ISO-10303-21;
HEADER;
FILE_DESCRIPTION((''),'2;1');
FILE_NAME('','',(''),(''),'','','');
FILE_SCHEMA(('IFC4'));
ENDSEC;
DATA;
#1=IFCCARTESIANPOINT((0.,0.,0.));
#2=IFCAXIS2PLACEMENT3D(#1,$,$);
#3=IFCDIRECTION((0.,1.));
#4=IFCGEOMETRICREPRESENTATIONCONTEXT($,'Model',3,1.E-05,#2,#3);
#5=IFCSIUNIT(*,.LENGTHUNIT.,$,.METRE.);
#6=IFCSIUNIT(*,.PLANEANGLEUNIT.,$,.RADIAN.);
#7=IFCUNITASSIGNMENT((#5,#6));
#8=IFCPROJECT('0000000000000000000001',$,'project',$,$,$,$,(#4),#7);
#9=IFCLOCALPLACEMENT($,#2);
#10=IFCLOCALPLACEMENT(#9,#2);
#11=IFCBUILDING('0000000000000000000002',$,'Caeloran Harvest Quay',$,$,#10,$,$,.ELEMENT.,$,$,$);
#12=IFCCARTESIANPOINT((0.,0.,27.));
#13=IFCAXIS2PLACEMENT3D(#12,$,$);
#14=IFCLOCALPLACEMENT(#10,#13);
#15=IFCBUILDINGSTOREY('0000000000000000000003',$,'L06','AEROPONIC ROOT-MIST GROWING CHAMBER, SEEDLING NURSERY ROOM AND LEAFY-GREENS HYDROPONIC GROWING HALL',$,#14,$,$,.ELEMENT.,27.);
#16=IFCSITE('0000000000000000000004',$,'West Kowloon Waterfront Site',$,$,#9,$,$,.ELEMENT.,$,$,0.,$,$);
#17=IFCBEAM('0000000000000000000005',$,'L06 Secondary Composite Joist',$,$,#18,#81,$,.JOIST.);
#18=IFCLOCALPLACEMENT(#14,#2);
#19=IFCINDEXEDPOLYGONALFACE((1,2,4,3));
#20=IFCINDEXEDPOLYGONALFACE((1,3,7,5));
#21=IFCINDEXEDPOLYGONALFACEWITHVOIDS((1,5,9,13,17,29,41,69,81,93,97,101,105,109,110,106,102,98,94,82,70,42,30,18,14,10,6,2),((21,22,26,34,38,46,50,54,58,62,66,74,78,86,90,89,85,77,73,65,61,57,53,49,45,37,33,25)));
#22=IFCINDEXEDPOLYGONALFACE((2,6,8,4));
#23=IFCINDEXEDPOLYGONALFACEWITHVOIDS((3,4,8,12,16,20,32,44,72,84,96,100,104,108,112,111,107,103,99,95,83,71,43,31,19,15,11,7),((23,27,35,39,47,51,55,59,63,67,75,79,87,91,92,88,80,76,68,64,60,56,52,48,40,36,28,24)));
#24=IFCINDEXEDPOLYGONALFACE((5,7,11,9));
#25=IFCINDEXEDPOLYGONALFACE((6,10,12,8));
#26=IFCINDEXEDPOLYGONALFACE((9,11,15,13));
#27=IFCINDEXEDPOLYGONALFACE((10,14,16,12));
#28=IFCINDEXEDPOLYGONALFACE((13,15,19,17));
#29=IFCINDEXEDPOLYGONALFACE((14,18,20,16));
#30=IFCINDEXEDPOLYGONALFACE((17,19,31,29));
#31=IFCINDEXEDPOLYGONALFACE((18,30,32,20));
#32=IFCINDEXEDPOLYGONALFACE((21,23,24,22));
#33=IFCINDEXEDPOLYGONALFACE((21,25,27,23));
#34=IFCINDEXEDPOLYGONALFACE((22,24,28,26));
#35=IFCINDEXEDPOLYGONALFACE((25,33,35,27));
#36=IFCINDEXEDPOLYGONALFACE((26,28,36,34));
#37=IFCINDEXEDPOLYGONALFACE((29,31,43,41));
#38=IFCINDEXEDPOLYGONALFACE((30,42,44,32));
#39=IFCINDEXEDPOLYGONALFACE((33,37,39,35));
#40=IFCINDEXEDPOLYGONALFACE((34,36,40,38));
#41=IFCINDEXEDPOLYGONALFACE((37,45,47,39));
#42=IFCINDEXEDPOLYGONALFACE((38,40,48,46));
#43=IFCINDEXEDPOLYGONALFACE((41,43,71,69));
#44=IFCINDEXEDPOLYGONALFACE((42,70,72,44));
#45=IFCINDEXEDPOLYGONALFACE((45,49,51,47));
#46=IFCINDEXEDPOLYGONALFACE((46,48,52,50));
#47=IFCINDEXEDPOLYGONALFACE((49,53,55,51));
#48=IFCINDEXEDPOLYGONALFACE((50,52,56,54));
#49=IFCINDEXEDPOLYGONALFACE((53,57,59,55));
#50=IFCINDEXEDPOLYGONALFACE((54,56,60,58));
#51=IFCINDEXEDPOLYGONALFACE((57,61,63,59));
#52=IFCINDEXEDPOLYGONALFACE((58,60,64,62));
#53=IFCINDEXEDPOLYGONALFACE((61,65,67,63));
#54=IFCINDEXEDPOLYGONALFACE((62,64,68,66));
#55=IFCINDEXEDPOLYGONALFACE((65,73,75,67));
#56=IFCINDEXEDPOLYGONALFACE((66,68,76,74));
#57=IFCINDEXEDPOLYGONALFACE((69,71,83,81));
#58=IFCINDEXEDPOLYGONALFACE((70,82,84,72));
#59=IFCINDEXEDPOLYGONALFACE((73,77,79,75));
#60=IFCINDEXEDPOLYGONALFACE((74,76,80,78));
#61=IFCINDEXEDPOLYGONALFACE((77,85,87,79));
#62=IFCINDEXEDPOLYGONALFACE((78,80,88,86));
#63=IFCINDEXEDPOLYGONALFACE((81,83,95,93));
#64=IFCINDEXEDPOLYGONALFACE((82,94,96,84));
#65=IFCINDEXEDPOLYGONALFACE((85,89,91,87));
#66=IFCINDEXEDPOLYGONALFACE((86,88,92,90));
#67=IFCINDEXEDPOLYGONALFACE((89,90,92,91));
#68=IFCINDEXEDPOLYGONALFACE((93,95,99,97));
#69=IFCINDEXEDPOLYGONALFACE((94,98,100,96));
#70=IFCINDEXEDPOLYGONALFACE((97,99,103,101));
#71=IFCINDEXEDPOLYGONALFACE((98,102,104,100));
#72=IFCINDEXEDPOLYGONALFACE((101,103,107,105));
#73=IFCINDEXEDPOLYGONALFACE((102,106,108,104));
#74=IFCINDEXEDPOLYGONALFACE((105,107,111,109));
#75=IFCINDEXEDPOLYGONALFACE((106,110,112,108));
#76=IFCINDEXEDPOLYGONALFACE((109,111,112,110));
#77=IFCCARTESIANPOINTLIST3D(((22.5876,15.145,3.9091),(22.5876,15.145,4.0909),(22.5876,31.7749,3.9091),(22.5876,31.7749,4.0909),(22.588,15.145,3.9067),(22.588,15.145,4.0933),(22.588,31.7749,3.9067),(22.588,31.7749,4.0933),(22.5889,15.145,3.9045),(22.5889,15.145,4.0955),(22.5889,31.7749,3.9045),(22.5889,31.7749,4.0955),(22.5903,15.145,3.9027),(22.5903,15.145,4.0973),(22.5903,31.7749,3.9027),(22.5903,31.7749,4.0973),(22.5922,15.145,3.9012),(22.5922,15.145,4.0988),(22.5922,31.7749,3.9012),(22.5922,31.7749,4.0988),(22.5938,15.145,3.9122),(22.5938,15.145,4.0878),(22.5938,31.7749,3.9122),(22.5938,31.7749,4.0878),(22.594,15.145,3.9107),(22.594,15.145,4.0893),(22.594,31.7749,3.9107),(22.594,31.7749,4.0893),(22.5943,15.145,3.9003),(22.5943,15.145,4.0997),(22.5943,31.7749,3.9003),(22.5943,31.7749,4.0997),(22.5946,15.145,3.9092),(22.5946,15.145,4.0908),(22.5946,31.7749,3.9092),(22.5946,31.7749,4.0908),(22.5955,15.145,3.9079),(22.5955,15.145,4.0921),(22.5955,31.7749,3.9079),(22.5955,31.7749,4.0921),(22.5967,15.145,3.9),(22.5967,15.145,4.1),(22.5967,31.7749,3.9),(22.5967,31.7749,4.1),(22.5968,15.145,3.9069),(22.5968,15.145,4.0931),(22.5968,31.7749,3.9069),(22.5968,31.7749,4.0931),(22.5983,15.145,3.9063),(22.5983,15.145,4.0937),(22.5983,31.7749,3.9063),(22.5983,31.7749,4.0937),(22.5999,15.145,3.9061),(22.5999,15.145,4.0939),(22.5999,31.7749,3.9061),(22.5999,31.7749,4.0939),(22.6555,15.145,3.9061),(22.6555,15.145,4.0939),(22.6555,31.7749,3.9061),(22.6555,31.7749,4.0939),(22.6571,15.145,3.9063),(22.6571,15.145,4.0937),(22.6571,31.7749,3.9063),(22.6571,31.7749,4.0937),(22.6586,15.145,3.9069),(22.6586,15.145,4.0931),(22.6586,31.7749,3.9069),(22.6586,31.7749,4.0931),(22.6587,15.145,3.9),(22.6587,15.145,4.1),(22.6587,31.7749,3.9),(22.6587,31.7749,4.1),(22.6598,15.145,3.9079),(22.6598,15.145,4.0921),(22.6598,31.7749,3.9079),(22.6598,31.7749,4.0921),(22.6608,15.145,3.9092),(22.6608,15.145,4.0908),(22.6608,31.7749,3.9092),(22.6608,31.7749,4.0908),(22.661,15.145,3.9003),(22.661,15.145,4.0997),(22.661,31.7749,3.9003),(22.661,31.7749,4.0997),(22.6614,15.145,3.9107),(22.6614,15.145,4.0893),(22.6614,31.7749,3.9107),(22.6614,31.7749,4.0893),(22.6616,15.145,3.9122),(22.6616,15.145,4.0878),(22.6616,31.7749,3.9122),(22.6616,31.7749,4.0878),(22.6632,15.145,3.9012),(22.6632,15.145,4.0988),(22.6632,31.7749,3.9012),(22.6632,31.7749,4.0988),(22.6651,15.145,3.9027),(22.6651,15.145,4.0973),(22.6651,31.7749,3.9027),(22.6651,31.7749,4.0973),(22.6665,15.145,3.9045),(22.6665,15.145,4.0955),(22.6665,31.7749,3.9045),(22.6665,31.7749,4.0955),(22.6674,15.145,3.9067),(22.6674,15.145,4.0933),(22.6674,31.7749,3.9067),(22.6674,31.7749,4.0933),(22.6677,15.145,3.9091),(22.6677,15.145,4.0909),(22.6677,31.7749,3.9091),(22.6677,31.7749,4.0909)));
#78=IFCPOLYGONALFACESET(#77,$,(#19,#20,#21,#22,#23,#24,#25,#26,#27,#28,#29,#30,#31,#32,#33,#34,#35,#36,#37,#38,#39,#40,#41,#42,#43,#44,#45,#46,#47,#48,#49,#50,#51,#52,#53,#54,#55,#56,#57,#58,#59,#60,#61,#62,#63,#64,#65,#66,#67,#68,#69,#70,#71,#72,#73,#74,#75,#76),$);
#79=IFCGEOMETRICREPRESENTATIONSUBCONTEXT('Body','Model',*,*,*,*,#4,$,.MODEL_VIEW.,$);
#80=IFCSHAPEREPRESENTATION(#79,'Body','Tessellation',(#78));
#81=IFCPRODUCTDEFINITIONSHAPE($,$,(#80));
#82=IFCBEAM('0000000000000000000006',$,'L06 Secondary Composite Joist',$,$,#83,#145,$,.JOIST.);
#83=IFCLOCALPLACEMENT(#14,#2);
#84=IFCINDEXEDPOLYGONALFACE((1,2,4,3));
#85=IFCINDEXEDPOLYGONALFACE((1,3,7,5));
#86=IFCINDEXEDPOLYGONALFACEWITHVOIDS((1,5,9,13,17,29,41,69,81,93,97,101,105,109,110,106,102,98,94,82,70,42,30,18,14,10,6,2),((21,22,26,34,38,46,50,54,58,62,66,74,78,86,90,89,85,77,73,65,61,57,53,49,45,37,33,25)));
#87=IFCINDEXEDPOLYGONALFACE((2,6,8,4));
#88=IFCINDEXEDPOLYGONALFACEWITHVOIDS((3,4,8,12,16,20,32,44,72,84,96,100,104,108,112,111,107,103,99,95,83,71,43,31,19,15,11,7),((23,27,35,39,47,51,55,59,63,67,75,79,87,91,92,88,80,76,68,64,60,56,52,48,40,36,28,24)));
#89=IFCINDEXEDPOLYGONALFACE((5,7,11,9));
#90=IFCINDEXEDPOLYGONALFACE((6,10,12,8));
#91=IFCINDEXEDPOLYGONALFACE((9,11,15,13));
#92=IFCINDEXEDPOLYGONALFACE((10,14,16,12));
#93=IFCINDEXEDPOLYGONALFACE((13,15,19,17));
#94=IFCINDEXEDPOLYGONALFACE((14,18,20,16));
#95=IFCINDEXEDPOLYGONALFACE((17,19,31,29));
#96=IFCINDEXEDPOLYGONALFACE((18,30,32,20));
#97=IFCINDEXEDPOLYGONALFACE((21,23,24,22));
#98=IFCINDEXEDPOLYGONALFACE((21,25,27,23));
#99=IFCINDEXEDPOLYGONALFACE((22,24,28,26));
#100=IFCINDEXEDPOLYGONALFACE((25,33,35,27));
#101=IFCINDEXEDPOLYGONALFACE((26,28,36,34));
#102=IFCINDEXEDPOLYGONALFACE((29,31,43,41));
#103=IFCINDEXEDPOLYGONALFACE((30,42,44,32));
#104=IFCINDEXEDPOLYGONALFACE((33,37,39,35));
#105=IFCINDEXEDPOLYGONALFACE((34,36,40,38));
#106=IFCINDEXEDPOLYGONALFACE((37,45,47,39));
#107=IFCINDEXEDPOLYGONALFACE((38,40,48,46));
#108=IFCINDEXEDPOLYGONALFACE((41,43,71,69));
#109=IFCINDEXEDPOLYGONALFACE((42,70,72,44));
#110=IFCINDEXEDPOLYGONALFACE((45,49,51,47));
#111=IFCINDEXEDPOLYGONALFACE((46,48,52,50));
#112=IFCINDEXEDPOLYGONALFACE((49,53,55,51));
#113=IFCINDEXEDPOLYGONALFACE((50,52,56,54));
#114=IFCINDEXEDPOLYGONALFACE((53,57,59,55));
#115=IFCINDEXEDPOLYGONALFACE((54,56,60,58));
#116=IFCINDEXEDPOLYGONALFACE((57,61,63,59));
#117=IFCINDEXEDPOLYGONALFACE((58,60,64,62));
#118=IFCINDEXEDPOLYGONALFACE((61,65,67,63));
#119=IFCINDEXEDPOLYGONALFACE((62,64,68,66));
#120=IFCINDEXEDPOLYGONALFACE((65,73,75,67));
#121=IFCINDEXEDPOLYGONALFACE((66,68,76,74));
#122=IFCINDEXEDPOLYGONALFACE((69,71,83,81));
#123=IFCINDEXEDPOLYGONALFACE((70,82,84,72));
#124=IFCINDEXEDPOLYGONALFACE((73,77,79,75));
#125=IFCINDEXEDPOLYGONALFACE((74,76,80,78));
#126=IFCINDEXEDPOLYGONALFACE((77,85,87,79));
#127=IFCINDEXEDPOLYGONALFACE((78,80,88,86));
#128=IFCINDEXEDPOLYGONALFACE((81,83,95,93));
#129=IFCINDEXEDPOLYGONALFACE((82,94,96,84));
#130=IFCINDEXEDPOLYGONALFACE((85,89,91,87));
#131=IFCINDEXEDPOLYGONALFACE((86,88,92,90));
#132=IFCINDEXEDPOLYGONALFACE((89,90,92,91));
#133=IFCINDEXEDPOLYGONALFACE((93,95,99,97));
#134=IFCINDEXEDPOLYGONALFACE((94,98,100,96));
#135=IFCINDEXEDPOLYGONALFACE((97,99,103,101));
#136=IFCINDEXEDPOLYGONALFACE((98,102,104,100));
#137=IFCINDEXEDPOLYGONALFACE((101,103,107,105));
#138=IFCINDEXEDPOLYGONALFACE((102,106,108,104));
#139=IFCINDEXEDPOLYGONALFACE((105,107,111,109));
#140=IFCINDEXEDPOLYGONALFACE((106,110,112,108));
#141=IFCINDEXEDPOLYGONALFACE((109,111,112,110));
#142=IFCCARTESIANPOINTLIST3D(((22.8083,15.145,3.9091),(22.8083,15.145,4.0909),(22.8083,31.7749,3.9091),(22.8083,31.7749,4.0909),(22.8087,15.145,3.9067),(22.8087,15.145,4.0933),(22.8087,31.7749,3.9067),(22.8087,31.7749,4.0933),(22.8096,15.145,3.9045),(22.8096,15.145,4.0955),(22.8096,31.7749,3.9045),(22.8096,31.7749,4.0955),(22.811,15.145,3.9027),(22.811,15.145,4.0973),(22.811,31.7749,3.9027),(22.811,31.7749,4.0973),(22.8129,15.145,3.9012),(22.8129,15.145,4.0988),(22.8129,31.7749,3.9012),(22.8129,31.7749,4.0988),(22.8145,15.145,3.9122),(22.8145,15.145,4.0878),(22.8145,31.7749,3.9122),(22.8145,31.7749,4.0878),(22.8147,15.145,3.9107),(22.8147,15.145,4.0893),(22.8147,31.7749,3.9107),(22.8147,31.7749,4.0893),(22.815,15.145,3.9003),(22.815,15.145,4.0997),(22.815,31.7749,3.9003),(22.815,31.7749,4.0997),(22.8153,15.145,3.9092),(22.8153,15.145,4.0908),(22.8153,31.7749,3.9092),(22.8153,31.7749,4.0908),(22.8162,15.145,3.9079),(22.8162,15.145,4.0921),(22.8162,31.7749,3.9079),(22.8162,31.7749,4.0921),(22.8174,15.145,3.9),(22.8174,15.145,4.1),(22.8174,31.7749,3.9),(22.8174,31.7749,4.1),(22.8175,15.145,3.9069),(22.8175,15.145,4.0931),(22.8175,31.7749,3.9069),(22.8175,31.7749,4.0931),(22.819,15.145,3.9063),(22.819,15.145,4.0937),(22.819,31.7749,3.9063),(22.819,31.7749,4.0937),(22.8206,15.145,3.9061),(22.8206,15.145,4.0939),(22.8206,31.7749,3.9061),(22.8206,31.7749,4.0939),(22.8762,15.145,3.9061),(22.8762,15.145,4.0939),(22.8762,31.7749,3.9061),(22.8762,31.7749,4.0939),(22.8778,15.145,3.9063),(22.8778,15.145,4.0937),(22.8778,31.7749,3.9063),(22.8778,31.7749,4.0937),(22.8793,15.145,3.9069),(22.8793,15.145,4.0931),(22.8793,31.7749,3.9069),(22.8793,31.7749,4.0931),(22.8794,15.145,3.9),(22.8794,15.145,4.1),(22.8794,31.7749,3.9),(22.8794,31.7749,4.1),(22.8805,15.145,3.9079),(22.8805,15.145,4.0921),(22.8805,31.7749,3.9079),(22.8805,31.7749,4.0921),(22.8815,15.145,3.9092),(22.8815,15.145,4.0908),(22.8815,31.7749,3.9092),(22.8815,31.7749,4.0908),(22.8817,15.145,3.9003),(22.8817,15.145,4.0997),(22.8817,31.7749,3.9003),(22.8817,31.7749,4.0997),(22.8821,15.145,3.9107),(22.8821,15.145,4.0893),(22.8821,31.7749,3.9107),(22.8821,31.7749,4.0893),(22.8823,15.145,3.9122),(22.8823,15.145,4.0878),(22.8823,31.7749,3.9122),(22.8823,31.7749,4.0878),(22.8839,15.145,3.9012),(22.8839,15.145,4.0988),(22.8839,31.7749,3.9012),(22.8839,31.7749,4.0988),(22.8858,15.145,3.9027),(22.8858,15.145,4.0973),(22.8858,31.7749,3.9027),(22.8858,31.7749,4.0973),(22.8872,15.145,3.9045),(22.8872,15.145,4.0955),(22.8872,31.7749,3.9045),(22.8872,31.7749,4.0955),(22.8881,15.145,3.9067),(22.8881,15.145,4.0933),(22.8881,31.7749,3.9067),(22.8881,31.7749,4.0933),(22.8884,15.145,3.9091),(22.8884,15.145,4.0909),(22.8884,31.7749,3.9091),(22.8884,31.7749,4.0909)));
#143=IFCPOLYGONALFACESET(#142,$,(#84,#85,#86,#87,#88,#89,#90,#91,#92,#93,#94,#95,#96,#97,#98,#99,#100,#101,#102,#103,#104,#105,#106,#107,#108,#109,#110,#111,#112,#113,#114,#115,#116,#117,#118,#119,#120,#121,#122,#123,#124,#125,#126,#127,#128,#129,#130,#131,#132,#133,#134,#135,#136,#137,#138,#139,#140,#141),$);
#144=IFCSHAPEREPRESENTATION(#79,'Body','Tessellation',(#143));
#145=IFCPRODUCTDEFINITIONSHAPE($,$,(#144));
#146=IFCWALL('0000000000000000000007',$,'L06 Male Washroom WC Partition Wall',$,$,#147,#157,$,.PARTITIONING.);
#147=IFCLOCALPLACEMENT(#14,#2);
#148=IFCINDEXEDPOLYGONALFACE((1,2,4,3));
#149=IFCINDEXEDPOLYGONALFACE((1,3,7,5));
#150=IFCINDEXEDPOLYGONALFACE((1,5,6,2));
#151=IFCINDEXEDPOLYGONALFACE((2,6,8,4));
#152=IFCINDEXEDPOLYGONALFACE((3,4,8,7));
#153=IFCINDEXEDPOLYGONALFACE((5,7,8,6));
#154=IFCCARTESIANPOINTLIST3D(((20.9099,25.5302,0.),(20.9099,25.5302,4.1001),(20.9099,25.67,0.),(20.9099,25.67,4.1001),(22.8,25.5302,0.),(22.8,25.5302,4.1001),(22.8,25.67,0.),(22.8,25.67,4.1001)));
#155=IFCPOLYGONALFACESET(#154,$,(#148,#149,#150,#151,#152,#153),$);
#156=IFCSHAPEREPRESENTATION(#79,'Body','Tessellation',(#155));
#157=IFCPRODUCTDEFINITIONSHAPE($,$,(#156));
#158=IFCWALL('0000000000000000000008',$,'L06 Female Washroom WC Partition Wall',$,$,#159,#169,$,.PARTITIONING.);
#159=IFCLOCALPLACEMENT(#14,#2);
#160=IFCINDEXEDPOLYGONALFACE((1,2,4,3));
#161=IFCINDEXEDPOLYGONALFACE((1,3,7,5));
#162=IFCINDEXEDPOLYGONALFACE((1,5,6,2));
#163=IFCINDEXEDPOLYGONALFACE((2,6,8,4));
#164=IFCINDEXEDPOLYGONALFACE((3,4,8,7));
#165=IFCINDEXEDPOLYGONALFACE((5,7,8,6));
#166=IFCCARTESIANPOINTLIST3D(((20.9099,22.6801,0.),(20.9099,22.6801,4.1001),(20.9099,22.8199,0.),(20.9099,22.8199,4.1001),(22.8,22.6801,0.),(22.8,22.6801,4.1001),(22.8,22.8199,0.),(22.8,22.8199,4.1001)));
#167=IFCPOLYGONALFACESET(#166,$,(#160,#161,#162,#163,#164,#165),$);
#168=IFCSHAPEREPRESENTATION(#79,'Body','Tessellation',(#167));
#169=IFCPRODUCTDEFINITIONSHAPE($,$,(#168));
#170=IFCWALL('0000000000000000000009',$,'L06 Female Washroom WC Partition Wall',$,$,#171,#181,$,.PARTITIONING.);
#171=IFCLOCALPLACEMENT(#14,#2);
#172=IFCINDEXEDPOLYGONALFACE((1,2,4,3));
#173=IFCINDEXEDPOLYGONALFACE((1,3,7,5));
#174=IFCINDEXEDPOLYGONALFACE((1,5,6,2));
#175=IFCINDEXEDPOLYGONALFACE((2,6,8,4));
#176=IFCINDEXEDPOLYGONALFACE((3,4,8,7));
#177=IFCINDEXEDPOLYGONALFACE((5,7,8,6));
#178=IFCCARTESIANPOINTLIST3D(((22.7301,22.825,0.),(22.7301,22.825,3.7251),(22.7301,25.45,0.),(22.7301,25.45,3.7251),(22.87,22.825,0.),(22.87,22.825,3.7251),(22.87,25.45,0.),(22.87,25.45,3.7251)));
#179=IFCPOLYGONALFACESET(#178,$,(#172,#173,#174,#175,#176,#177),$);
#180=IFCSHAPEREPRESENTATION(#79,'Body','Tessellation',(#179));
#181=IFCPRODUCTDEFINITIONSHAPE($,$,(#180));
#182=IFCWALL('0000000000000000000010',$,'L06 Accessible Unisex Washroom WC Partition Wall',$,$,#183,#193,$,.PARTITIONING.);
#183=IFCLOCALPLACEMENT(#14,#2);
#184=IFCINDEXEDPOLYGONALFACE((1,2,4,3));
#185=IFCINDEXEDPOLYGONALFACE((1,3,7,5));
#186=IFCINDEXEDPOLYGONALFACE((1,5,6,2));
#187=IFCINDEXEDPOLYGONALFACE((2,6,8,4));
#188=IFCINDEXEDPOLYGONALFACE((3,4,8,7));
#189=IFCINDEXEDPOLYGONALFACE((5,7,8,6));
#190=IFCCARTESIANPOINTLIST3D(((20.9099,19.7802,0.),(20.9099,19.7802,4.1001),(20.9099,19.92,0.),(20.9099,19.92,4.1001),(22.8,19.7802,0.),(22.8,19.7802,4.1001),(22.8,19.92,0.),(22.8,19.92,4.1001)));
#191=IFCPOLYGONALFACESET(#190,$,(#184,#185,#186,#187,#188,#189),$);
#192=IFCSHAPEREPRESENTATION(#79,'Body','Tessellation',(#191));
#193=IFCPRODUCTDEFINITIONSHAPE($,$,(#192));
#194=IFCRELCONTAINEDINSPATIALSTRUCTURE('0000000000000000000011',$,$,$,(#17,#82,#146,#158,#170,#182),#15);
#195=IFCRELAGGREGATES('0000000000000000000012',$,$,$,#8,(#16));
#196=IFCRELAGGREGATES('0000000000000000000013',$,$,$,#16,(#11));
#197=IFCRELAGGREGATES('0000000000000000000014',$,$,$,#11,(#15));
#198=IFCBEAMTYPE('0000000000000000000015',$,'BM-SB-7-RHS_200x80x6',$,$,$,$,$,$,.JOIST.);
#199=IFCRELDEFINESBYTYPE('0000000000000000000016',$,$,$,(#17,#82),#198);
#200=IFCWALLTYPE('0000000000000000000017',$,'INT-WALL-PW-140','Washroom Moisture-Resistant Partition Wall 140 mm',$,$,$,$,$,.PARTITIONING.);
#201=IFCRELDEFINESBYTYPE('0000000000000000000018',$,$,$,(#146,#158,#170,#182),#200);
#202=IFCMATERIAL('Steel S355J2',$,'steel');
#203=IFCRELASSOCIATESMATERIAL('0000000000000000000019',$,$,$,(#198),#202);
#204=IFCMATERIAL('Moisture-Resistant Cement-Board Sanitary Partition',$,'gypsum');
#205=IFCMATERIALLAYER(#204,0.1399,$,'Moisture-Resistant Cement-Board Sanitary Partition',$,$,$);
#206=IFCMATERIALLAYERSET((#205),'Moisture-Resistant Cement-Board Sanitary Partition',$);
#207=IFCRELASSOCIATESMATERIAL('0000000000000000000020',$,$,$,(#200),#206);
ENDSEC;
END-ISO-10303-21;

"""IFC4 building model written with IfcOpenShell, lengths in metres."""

from ifc_helpers import new_model, si_unit, direction, frame, frame_2d, origin, origin_2d, place, context, subcontext, project, spatial, rectangle, hollow_rectangle, extrude, material, layer, layer_set, material_profile, profile_set, type_object, element, save


model = new_model("IFC4")

# Units and contexts
model_context = context("Model", 3, precision=1e-05, world=origin(), true_north=direction((0.0, 1.0)))
body_context = subcontext(model_context, "Body", "Model", "MODEL_VIEW")
ifc_project = project(units=[si_unit("LENGTHUNIT", "METRE"), si_unit("PLANEANGLEUNIT", "RADIAN")], contexts=[model_context])

# Site, building, storey
site_placement = place(None, origin())
site = spatial("IfcSite", under=ifc_project, at=site_placement, Name="West Kowloon Waterfront Site", CompositionType="ELEMENT", RefElevation=0.0)
building_placement = place(site_placement, origin())
building = spatial("IfcBuilding", under=site, at=building_placement, Name="Caeloran Harvest Quay", CompositionType="ELEMENT")
storey_placement = place(building_placement, frame((0.0, 0.0, 27.0)))
storey = spatial("IfcBuildingStorey", under=building, at=storey_placement, Name="L06", Description="AEROPONIC ROOT-MIST GROWING CHAMBER, SEEDLING NURSERY ROOM AND LEAFY-GREENS HYDROPONIC GROWING HALL", CompositionType="ELEMENT", Elevation=27.0)

# Beams
ifc_material_1 = material(Name="Steel S355J2", Category="steel")
ifc_material_profile_1 = material_profile(ifc_material_1, hollow_rectangle(XDim=0.0801, YDim=0.2, WallThickness=0.0061, InnerFilletRadius=0.0061, OuterFilletRadius=0.009, at=origin_2d()), Name="RHS 200x80x6")
ifc_profile_set_1 = profile_set([ifc_material_profile_1], Name="Steel S355J2")
beam_type_1 = type_object("IfcBeamType", Name="BM-SB-7-RHS_200x80x6", PredefinedType="JOIST", material=ifc_profile_set_1)
for number, where, z_axis, x_axis, name in (
    (1, (22.6277, 15.145, 4.0), (0.0, 1.0, 0.0), (-1.0, 0.0, 0.0), "L06 Secondary Composite Joist"),
    (2, (22.8484, 15.145, 4.0), (0.0, 1.0, 0.0), (-1.0, 0.0, 0.0), "L06 Secondary Composite Joist"),
):
    element("IfcBeam", number, at=place(storey_placement, frame(where, z_axis=z_axis, x_axis=x_axis)), inside=storey, type_object=beam_type_1, Name=name, PredefinedType="JOIST", context=body_context, shape_type="SweptSolid", body=[
        extrude(hollow_rectangle(XDim=0.0801, YDim=0.2, WallThickness=0.0061, InnerFilletRadius=0.0061, OuterFilletRadius=0.009, at=origin_2d()), origin(), (0.0, 0.0, 1.0), 16.6299),
    ])

# Wall
ifc_material_2 = material(Name="Moisture-Resistant Cement-Board Sanitary Partition", Category="gypsum")
ifc_layer_1 = layer(ifc_material_2, 0.1399, Name="Moisture-Resistant Cement-Board Sanitary Partition")
ifc_layer_set_1 = layer_set([ifc_layer_1], Name="Moisture-Resistant Cement-Board Sanitary Partition")
wall_type_1 = type_object("IfcWallType", Name="INT-WALL-PW-140", Description="Washroom Moisture-Resistant Partition Wall 140 mm", PredefinedType="PARTITIONING", material=ifc_layer_set_1)
wall_1_placement = place(storey_placement, frame((22.8, 25.6001, 0.0), z_axis=(0.0, 0.0, 1.0), x_axis=(-1.0, 0.0, 0.0)))
element("IfcWall", 3, at=wall_1_placement, inside=storey, type_object=wall_type_1, Name="L06 Male Washroom WC Partition Wall", PredefinedType="PARTITIONING", context=body_context, shape_type="SweptSolid", body=[
    extrude(rectangle(XDim=1.8901, YDim=0.1399, at=frame_2d((0.9451, 0.0))), origin(), (0.0, 0.0, 1.0), 4.1001),
])

# Wall
wall_2_placement = place(storey_placement, frame((22.8, 22.75, 0.0), z_axis=(0.0, 0.0, 1.0), x_axis=(-1.0, 0.0, 0.0)))
element("IfcWall", 4, at=wall_2_placement, inside=storey, type_object=wall_type_1, Name="L06 Female Washroom WC Partition Wall", PredefinedType="PARTITIONING", context=body_context, shape_type="SweptSolid", body=[
    extrude(rectangle(XDim=1.8901, YDim=0.1399, at=frame_2d((0.9451, 0.0))), origin(), (0.0, 0.0, 1.0), 4.1001),
])

# Walls
wall_3_placement = place(storey_placement, frame((22.8, 25.45, 0.0), z_axis=(0.0, 0.0, 1.0), x_axis=(0.0, -1.0, 0.0)))
element("IfcWall", 5, at=wall_3_placement, inside=storey, type_object=wall_type_1, Name="L06 Female Washroom WC Partition Wall", PredefinedType="PARTITIONING", context=body_context, shape_type="SweptSolid", body=[
    extrude(rectangle(XDim=2.625, YDim=0.1399, at=frame_2d((1.3125, 0.0))), origin(), (0.0, 0.0, 1.0), 3.7251),
])
wall_4_placement = place(storey_placement, frame((22.8, 19.8501, 0.0), z_axis=(0.0, 0.0, 1.0), x_axis=(-1.0, 0.0, 0.0)))
element("IfcWall", 6, at=wall_4_placement, inside=storey, type_object=wall_type_1, Name="L06 Accessible Unisex Washroom WC Partition Wall", PredefinedType="PARTITIONING", context=body_context, shape_type="SweptSolid", body=[
    extrude(rectangle(XDim=1.8901, YDim=0.1399, at=frame_2d((0.9451, 0.0))), origin(), (0.0, 0.0, 1.0), 4.1001),
])

save(model, "model.ifc")
